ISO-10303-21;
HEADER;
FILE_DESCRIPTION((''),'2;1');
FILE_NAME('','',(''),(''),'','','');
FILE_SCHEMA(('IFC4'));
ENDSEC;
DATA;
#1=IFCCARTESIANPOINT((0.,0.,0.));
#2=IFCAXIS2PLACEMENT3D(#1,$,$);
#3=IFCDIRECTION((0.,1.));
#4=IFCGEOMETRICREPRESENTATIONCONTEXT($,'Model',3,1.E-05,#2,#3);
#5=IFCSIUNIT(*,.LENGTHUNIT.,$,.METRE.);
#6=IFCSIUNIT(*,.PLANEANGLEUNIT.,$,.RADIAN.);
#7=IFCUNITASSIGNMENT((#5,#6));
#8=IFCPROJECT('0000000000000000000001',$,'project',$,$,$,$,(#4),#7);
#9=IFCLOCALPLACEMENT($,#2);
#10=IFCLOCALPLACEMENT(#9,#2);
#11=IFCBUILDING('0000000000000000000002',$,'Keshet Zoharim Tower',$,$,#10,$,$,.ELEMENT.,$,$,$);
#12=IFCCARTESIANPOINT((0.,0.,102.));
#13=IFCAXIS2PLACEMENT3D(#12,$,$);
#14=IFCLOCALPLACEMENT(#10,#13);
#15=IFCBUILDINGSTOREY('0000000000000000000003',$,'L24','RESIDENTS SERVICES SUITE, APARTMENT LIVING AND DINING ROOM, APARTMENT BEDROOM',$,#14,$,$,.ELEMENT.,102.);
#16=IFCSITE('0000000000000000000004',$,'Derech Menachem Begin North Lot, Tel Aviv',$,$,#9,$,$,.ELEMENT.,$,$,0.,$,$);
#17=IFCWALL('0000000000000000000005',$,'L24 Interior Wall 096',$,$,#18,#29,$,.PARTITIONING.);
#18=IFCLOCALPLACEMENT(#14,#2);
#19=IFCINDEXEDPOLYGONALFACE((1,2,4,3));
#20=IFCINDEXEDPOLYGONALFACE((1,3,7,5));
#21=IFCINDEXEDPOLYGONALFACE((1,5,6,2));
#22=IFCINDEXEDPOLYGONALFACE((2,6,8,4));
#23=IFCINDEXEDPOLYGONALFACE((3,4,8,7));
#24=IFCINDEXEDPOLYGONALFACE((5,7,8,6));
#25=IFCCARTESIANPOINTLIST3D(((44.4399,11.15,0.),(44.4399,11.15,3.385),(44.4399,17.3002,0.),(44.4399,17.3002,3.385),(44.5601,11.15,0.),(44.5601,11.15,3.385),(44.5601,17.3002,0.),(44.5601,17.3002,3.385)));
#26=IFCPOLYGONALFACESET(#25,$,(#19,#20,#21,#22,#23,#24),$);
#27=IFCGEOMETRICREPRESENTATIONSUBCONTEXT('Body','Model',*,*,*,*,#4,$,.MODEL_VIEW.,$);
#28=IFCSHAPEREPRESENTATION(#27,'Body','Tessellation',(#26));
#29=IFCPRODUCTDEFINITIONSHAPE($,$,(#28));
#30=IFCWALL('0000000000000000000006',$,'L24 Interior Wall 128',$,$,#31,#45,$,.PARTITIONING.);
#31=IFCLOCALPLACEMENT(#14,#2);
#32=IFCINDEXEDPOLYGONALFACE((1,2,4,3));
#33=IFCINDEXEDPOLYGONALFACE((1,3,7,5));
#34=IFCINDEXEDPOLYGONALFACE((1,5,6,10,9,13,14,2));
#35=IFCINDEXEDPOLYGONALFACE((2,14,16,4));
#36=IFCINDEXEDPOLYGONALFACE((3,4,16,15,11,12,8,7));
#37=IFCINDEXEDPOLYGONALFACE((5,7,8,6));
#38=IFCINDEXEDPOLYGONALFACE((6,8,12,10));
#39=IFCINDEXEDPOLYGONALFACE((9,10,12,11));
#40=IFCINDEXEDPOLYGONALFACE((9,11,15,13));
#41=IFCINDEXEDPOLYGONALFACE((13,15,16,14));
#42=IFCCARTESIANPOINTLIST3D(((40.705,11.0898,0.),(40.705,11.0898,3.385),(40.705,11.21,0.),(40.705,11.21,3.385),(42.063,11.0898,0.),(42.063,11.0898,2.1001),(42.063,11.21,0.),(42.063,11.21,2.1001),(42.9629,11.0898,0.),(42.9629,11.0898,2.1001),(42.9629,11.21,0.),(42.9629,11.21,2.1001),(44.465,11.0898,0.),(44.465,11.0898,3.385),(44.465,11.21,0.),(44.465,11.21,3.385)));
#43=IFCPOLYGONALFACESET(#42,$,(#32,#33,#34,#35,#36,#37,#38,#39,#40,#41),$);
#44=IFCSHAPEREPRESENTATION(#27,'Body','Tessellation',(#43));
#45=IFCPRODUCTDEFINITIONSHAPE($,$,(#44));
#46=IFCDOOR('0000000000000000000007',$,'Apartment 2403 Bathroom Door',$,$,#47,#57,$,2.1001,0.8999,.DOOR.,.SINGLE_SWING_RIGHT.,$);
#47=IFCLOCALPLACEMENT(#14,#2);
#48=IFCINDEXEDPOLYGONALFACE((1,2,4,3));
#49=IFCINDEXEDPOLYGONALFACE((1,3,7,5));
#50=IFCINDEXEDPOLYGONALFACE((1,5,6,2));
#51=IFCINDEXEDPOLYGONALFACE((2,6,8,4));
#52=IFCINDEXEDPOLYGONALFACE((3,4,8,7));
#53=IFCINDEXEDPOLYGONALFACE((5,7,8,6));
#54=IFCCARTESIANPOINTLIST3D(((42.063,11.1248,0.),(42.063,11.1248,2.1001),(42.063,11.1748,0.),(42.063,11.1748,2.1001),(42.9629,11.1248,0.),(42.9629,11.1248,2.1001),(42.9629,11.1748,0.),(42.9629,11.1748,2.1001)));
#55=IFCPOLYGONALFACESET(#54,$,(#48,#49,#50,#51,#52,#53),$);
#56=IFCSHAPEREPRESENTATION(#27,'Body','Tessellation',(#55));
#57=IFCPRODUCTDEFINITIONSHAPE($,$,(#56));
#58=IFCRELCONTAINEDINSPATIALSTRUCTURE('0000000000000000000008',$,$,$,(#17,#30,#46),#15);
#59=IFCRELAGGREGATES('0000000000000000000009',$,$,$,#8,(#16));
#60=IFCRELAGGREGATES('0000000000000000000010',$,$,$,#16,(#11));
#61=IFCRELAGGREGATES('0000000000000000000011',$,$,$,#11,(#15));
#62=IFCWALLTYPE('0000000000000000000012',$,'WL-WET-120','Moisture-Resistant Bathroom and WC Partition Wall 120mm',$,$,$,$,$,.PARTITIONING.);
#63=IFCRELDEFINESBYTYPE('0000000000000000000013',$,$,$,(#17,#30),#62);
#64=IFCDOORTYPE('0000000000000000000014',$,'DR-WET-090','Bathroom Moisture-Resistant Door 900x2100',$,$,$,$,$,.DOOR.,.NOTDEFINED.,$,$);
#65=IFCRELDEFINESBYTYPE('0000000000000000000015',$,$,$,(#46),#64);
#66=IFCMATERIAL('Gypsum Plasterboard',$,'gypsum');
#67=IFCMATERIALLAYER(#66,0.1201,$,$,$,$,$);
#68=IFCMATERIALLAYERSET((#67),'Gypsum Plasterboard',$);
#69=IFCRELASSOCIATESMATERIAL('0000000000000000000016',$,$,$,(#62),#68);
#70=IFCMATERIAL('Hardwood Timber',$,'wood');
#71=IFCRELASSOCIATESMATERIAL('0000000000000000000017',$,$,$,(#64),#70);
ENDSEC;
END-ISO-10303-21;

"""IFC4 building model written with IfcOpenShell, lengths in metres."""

from ifc_helpers import new_model, si_unit, direction, frame, frame_2d, origin, place, context, subcontext, project, spatial, rectangle, extrude, material, layer, layer_set, type_object, element, fill, save


model = new_model("IFC4")

# Units and contexts
model_context = context("Model", 3, precision=1e-05, world=origin(), true_north=direction((0.0, 1.0)))
body_context = subcontext(model_context, "Body", "Model", "MODEL_VIEW")
ifc_project = project(units=[si_unit("LENGTHUNIT", "METRE"), si_unit("PLANEANGLEUNIT", "RADIAN")], contexts=[model_context])

# Site, building, storey
site_placement = place(None, origin())
site = spatial("IfcSite", under=ifc_project, at=site_placement, Name="Derech Menachem Begin North Lot, Tel Aviv", CompositionType="ELEMENT", RefElevation=0.0)
building_placement = place(site_placement, origin())
building = spatial("IfcBuilding", under=site, at=building_placement, Name="Keshet Zoharim Tower", CompositionType="ELEMENT")
storey_placement = place(building_placement, frame((0.0, 0.0, 102.0)))
storey = spatial("IfcBuildingStorey", under=building, at=storey_placement, Name="L24", Description="RESIDENTS SERVICES SUITE, APARTMENT LIVING AND DINING ROOM, APARTMENT BEDROOM", CompositionType="ELEMENT", Elevation=102.0)

# Shared definitions
ifc_material_1 = material(Name="Gypsum Plasterboard", Category="gypsum")
ifc_material_2 = material(Name="Hardwood Timber", Category="wood")

# Wall
ifc_layer_1 = layer(ifc_material_1, 0.1201)
ifc_layer_set_1 = layer_set([ifc_layer_1], Name="Gypsum Plasterboard")
wall_type_1 = type_object("IfcWallType", Name="WL-WET-120", Description="Moisture-Resistant Bathroom and WC Partition Wall 120mm", PredefinedType="PARTITIONING", material=ifc_layer_set_1)
for number, where, z_axis, x_axis, name in (
    (1, (44.5, 11.1499, 0.0), (0.0, 0.0, 1.0), (0.0, 1.0, 0.0), "L24 Interior Wall 096"),
):
    element("IfcWall", number, at=place(storey_placement, frame(where, z_axis=z_axis, x_axis=x_axis)), inside=storey, type_object=wall_type_1, Name=name, PredefinedType="PARTITIONING", context=body_context, shape_type="SweptSolid", body=[
        extrude(rectangle(XDim=6.1501, YDim=0.1201, at=frame_2d((3.0752, 0.0))), origin(), (0.0, 0.0, 1.0), 3.385),
    ])

# Wall, opening, door
wall_1_placement = place(storey_placement, frame((40.7051, 11.1499, 0.0), z_axis=(0.0, 0.0, 1.0), x_axis=(1.0, 0.0, 0.0)))
wall_1 = element("IfcWall", 2, at=wall_1_placement, inside=storey, type_object=wall_type_1, Name="L24 Interior Wall 128", PredefinedType="PARTITIONING", context=body_context, shape_type="SweptSolid", body=[
    extrude(rectangle(XDim=3.76, YDim=0.1201, at=frame_2d((1.8799, 0.0))), origin(), (0.0, 0.0, 1.0), 3.385),
])
opening_1_placement = place(wall_1_placement, frame((1.3579, 0.0, 0.0)))
opening_1 = element("IfcOpeningElement", 3, at=opening_1_placement, cuts=wall_1, PredefinedType="OPENING", context=body_context, shape_type="SweptSolid", body=[
    extrude(rectangle(XDim=0.8999, YDim=2.1001, at=frame_2d((0.45, 1.05))), frame((0.0, 0.0701, 0.0), z_axis=(0.0, -1.0, 0.0), x_axis=(1.0, 0.0, 0.0)), (0.0, 0.0, 1.0), 0.1401),
])
door_type_1 = type_object("IfcDoorType", Name="DR-WET-090", Description="Bathroom Moisture-Resistant Door 900x2100", OperationType="NOTDEFINED", PredefinedType="DOOR", material=ifc_material_2)
door_1_placement = place(opening_1_placement, origin())
door_1 = element("IfcDoor", 4, at=door_1_placement, inside=storey, type_object=door_type_1, Name="Apartment 2403 Bathroom Door", OperationType="SINGLE_SWING_RIGHT", OverallHeight=2.1001, OverallWidth=0.8999, PredefinedType="DOOR", context=body_context, shape_type="SweptSolid", body=[
    extrude(rectangle(XDim=0.8999, YDim=2.1001, at=frame_2d((0.45, 1.05))), frame((0.0, 0.0249, 0.0), z_axis=(0.0, -1.0, 0.0), x_axis=(1.0, 0.0, 0.0)), (0.0, 0.0, 1.0), 0.05),
])
fill(opening_1, door_1)

save(model, "model.ifc")
